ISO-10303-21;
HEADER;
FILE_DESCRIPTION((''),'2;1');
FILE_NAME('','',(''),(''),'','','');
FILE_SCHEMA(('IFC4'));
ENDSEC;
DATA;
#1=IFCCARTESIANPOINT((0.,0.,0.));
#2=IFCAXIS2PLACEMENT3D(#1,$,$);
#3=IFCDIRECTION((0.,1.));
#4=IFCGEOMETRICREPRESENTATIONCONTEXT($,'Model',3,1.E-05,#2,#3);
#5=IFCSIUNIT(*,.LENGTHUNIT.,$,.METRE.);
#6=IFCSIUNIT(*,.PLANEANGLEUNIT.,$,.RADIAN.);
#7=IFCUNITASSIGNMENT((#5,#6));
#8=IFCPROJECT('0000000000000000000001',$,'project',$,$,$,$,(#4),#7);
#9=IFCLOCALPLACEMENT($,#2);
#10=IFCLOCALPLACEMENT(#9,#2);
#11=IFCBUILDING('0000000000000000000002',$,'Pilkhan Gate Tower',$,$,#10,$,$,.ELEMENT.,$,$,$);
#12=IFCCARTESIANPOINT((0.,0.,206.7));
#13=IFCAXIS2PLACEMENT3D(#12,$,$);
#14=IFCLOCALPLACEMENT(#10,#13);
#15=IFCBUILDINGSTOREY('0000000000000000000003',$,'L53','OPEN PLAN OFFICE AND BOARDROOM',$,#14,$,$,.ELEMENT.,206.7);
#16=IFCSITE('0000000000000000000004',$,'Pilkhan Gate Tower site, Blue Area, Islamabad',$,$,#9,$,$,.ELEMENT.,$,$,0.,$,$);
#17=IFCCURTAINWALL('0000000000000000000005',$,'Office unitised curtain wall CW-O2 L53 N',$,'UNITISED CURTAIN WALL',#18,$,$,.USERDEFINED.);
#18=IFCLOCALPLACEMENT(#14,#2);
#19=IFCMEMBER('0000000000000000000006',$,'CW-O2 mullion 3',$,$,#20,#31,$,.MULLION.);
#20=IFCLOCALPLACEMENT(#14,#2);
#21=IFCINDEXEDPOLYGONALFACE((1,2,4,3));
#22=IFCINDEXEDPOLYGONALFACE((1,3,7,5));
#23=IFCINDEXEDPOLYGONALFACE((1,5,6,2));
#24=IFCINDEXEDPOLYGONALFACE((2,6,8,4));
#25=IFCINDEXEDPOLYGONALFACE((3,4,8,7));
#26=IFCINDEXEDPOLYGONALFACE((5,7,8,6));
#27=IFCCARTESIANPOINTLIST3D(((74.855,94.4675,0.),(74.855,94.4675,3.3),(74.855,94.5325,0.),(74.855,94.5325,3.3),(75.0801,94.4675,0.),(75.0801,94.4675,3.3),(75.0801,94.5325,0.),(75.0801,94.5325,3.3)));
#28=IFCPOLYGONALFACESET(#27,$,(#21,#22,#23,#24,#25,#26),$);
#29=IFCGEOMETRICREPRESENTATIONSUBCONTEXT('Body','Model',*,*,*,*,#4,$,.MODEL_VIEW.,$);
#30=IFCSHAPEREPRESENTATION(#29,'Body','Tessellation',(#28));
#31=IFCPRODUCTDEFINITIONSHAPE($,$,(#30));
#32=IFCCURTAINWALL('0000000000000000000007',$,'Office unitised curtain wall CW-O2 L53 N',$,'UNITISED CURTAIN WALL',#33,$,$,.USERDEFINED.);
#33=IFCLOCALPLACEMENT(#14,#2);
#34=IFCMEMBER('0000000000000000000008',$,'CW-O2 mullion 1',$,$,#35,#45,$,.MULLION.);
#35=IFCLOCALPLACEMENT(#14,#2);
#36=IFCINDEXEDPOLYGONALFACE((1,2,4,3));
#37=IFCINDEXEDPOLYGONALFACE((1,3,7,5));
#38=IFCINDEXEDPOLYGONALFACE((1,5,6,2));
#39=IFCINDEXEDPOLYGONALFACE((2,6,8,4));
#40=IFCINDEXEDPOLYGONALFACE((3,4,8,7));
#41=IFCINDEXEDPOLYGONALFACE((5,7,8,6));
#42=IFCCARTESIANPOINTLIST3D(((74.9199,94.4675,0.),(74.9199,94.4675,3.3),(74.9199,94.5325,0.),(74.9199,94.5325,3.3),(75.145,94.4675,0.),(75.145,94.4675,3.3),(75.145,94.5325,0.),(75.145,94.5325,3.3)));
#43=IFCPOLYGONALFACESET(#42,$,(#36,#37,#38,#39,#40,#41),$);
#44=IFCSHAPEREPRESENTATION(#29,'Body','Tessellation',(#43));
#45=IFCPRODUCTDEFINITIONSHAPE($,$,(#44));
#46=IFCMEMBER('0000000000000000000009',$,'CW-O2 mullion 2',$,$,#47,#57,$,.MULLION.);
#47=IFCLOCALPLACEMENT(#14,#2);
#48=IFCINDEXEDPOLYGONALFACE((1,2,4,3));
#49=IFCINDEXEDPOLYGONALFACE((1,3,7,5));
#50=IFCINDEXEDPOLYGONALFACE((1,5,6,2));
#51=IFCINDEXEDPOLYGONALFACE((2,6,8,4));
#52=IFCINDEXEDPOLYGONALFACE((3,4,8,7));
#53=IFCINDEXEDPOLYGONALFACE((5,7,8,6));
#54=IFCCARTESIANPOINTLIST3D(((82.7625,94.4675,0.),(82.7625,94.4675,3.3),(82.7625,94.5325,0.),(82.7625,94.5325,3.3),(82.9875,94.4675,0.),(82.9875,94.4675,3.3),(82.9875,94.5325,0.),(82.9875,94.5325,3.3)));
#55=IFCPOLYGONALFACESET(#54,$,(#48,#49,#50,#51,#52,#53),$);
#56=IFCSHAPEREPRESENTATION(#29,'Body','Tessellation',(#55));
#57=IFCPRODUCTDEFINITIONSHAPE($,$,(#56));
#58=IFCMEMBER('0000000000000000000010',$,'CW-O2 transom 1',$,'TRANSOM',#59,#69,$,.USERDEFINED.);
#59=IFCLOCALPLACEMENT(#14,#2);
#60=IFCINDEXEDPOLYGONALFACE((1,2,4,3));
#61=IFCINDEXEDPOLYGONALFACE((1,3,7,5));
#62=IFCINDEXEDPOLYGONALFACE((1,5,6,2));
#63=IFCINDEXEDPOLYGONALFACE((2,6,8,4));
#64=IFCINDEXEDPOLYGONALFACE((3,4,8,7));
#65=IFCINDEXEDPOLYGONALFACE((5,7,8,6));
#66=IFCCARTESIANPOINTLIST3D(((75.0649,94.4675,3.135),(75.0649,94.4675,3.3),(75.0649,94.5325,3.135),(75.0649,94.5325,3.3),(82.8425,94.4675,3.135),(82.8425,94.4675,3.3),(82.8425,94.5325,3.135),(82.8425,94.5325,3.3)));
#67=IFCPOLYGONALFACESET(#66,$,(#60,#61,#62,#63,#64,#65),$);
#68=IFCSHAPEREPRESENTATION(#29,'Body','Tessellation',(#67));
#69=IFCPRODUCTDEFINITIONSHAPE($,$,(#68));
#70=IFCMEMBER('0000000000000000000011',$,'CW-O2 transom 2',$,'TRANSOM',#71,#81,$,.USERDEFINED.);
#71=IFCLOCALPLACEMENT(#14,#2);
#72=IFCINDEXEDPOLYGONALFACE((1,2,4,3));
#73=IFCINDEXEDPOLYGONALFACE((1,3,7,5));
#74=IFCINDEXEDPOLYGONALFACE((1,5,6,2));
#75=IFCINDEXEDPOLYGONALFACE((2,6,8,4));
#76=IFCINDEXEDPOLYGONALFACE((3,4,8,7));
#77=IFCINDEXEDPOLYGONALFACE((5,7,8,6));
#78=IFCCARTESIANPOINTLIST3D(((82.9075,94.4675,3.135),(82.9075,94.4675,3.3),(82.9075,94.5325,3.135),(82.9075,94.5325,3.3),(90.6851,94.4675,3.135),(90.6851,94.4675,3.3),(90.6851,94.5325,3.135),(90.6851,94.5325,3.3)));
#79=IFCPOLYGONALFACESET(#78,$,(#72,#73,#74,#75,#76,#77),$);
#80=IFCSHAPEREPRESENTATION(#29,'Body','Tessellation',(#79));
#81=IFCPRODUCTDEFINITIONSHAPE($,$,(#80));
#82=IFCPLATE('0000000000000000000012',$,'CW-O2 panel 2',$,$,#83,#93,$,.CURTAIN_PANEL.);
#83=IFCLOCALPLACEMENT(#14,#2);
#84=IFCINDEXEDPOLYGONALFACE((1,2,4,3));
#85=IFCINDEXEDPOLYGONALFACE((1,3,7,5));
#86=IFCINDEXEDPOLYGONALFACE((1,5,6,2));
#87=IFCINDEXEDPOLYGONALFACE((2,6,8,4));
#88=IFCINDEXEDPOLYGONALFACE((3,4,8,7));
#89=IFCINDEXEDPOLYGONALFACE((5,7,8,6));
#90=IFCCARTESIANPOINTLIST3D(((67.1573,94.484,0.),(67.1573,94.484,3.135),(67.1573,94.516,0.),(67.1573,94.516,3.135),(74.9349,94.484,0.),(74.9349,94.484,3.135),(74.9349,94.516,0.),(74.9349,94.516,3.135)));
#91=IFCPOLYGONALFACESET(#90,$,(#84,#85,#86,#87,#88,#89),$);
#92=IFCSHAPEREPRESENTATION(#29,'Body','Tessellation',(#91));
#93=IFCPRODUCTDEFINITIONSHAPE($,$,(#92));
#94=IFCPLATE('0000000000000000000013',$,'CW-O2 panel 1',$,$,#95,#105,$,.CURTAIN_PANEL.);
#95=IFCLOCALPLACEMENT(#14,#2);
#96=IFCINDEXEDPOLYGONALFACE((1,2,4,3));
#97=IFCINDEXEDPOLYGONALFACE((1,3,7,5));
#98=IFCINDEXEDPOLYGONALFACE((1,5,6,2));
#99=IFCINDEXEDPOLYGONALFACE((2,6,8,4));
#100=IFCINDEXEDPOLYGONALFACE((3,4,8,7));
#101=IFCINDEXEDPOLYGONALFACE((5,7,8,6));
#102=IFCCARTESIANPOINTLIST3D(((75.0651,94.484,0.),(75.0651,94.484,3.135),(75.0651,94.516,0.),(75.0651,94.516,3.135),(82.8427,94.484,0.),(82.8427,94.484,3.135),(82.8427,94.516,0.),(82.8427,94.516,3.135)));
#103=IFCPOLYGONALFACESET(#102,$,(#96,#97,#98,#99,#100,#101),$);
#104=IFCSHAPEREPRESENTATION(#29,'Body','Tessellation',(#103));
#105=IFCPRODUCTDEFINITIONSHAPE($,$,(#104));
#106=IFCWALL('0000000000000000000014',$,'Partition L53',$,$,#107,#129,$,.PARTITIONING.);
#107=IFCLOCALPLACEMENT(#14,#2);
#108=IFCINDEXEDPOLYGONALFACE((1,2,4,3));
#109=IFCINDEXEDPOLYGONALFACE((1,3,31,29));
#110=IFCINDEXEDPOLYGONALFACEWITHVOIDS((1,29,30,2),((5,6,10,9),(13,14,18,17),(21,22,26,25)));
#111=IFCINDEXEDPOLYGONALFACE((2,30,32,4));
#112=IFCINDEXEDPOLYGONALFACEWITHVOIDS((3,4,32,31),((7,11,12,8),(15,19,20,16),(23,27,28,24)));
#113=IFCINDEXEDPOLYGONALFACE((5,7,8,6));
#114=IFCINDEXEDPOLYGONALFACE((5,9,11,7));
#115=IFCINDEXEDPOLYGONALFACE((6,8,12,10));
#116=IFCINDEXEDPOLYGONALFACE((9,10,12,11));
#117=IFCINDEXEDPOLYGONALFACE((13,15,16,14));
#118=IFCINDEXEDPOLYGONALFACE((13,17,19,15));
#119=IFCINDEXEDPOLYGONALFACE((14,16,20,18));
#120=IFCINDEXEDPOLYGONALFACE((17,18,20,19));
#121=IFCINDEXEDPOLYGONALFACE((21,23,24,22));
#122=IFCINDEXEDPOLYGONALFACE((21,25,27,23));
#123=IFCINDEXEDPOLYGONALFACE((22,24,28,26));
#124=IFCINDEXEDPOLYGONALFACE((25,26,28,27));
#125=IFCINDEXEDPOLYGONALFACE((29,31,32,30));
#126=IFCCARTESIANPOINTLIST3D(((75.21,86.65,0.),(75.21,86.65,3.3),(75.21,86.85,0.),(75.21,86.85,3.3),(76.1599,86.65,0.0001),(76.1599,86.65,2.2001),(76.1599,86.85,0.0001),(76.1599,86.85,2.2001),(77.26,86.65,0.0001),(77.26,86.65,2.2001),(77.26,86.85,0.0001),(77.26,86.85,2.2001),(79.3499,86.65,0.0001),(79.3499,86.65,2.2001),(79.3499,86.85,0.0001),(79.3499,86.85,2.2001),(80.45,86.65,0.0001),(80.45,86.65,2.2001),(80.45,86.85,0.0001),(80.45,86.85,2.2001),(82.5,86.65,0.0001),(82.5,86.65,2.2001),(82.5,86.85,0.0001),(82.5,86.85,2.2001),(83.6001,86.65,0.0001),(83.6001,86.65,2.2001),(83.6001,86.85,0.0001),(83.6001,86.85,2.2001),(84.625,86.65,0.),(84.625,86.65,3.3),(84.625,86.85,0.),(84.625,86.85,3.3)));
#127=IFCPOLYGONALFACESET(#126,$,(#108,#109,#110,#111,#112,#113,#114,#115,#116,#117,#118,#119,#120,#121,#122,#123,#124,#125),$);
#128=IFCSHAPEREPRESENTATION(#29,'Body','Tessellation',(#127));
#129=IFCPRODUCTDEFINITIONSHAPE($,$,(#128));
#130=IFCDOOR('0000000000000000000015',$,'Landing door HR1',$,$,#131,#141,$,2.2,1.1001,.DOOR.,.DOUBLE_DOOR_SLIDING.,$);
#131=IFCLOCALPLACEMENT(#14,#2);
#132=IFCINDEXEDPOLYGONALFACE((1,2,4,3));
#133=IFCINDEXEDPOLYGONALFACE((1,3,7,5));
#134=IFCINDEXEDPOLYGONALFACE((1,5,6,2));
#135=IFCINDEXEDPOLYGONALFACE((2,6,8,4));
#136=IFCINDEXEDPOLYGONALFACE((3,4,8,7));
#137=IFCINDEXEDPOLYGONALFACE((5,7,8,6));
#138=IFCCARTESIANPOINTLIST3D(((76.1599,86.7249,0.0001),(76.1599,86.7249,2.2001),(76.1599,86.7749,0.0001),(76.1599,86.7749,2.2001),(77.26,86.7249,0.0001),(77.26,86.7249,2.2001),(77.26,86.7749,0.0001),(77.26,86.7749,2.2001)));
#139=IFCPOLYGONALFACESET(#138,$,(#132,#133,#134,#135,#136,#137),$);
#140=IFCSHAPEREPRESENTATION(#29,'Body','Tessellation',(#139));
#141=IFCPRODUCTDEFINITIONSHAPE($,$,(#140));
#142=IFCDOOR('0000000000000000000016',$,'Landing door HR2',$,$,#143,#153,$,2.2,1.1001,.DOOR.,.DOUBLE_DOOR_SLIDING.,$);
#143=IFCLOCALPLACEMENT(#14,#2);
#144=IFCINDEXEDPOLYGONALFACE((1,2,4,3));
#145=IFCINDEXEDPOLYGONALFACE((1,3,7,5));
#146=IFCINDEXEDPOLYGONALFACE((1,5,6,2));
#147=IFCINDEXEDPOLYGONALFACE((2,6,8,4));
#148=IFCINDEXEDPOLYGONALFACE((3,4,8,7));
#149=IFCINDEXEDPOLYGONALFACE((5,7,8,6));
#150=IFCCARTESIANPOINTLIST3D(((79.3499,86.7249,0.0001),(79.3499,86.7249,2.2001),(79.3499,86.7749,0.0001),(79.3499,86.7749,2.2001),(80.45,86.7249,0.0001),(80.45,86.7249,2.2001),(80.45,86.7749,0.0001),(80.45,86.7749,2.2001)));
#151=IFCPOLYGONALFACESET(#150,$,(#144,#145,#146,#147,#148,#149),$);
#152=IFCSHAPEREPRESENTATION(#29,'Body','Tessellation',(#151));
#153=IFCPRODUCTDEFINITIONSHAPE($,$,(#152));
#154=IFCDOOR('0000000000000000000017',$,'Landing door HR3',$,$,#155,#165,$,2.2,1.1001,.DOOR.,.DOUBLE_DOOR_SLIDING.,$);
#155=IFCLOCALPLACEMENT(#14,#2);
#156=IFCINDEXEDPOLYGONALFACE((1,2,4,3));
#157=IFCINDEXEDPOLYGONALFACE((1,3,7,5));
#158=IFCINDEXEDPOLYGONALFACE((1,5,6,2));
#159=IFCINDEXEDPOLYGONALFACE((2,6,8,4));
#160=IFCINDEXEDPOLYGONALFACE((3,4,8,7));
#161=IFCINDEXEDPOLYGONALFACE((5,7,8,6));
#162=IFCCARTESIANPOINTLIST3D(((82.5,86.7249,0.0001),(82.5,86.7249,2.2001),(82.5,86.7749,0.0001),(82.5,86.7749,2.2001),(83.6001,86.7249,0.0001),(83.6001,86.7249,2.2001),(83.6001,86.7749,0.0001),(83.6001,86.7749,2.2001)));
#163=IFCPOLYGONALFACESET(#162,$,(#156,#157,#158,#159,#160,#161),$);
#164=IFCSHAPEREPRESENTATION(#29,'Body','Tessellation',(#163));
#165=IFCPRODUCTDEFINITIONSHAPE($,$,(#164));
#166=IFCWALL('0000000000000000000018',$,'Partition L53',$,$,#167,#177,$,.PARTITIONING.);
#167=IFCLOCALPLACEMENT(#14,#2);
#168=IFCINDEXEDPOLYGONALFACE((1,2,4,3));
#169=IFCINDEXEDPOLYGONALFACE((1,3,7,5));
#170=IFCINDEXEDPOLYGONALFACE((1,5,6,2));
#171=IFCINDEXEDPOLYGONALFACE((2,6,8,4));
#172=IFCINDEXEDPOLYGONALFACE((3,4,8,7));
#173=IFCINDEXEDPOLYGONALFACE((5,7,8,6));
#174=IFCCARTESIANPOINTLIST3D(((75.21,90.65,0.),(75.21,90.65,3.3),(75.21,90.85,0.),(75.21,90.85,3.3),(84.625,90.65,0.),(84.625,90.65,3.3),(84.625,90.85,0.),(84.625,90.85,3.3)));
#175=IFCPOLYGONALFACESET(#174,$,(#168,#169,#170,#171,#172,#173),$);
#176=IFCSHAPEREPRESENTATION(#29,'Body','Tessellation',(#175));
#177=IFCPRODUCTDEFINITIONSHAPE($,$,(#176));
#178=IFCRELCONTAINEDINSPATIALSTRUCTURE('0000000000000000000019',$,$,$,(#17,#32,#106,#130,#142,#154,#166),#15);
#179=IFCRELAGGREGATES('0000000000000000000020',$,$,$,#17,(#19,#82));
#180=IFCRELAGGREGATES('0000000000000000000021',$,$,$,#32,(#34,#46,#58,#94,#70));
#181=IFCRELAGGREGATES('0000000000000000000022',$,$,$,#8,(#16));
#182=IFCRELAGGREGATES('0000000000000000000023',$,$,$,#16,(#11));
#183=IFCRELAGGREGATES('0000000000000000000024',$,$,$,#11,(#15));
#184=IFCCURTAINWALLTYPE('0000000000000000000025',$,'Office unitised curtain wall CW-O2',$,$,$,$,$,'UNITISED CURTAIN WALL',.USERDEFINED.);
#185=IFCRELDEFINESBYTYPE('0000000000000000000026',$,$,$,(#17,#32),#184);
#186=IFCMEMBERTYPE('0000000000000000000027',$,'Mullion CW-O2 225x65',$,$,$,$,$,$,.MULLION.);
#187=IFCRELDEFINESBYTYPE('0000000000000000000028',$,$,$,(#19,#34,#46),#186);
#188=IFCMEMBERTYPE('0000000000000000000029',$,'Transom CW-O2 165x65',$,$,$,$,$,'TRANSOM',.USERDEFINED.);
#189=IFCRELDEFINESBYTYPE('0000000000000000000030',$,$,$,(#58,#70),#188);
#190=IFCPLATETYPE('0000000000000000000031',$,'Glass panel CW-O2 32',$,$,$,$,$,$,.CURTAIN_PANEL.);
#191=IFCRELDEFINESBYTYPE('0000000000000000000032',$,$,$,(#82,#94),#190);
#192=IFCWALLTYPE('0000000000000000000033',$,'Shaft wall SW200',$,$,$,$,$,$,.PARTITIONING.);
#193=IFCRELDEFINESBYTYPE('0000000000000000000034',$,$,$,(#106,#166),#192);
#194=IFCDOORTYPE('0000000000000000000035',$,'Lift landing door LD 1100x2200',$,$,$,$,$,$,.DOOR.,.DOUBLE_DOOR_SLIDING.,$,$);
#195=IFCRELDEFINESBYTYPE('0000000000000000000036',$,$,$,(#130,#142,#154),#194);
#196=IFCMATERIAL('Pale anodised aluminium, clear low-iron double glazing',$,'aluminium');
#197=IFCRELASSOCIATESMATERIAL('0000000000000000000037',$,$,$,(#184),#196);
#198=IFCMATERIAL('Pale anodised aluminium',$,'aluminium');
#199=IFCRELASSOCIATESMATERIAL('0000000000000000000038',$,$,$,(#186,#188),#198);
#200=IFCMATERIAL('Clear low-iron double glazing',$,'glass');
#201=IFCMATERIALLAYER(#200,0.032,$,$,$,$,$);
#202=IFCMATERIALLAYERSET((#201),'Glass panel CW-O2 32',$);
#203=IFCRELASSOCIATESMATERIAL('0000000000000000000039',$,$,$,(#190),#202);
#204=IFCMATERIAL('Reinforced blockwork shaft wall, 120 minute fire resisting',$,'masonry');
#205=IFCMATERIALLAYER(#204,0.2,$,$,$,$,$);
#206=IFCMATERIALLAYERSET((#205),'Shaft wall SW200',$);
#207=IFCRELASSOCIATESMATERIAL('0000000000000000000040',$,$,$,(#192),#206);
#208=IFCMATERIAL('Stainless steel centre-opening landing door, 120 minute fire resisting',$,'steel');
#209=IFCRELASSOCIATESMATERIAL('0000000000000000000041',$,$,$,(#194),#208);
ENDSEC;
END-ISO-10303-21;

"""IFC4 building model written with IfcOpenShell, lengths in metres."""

from ifc_helpers import new_model, si_unit, direction, frame, frame_2d, origin, origin_2d, place, context, subcontext, project, spatial, rectangle, extrude, material, layer, layer_set, material_profile, profile_set, type_object, element, fill, aggregate, save


model = new_model("IFC4")

# Units and contexts
model_context = context("Model", 3, precision=1e-05, world=origin(), true_north=direction((0.0, 1.0)))
body_context = subcontext(model_context, "Body", "Model", "MODEL_VIEW")
ifc_project = project(units=[si_unit("LENGTHUNIT", "METRE"), si_unit("PLANEANGLEUNIT", "RADIAN")], contexts=[model_context])

# Site, building, storey
site_placement = place(None, origin())
site = spatial("IfcSite", under=ifc_project, at=site_placement, Name="Pilkhan Gate Tower site, Blue Area, Islamabad", CompositionType="ELEMENT", RefElevation=0.0)
building_placement = place(site_placement, origin())
building = spatial("IfcBuilding", under=site, at=building_placement, Name="Pilkhan Gate Tower", CompositionType="ELEMENT")
storey_placement = place(building_placement, frame((0.0, 0.0, 206.7)))
storey = spatial("IfcBuildingStorey", under=building, at=storey_placement, Name="L53", Description="OPEN PLAN OFFICE AND BOARDROOM", CompositionType="ELEMENT", Elevation=206.7)

# Curtain wall, member
ifc_material_1 = material(Name="Pale anodised aluminium, clear low-iron double glazing", Category="aluminium")
curtain_wall_type = type_object("IfcCurtainWallType", Name="Office unitised curtain wall CW-O2", ElementType="UNITISED CURTAIN WALL", PredefinedType="USERDEFINED", material=ifc_material_1)
curtain_wall_1_placement = place(storey_placement, origin())
curtain_wall_1 = element("IfcCurtainWall", 1, at=curtain_wall_1_placement, inside=storey, type_object=curtain_wall_type, Name="Office unitised curtain wall CW-O2 L53 N", ObjectType="UNITISED CURTAIN WALL", PredefinedType="USERDEFINED")
ifc_material_2 = material(Name="Pale anodised aluminium", Category="aluminium")
ifc_material_profile_1 = material_profile(ifc_material_2, rectangle(XDim=0.0649, YDim=0.2251, at=origin_2d()), Name="Mullion 225x65")
ifc_profile_set_1 = profile_set([ifc_material_profile_1], Name="Pale anodised aluminium")
member_type_1 = type_object("IfcMemberType", Name="Mullion CW-O2 225x65", PredefinedType="MULLION", material=ifc_profile_set_1)
member_1_placement = place(storey_placement, frame((74.9675, 94.5, 0.0), z_axis=(0.0, 0.0, 1.0), x_axis=(0.0, 1.0, 0.0)))
member_1 = element("IfcMember", 2, at=member_1_placement, type_object=member_type_1, Name="CW-O2 mullion 3", PredefinedType="MULLION", context=body_context, shape_type="SweptSolid", body=[
    extrude(rectangle(XDim=0.0649, YDim=0.2251, at=origin_2d()), origin(), (0.0, 0.0, 1.0), 3.3),
])

# Curtain wall, members
curtain_wall_2_placement = place(storey_placement, origin())
curtain_wall_2 = element("IfcCurtainWall", 3, at=curtain_wall_2_placement, inside=storey, type_object=curtain_wall_type, Name="Office unitised curtain wall CW-O2 L53 N", ObjectType="UNITISED CURTAIN WALL", PredefinedType="USERDEFINED")
member_2_placement = place(storey_placement, frame((75.0325, 94.5, 0.0), z_axis=(0.0, 0.0, 1.0), x_axis=(0.0, 1.0, 0.0)))
member_2 = element("IfcMember", 4, at=member_2_placement, type_object=member_type_1, Name="CW-O2 mullion 1", PredefinedType="MULLION", context=body_context, shape_type="SweptSolid", body=[
    extrude(rectangle(XDim=0.0649, YDim=0.2251, at=origin_2d()), origin(), (0.0, 0.0, 1.0), 3.3),
])
member_3_placement = place(storey_placement, frame((82.875, 94.5, 0.0), z_axis=(0.0, 0.0, 1.0), x_axis=(0.0, 1.0, 0.0)))
member_3 = element("IfcMember", 5, at=member_3_placement, type_object=member_type_1, Name="CW-O2 mullion 2", PredefinedType="MULLION", context=body_context, shape_type="SweptSolid", body=[
    extrude(rectangle(XDim=0.0649, YDim=0.2251, at=origin_2d()), origin(), (0.0, 0.0, 1.0), 3.3),
])
ifc_material_profile_2 = material_profile(ifc_material_2, rectangle(XDim=0.0649, YDim=0.165, at=origin_2d()), Name="Transom 165x65")
ifc_profile_set_2 = profile_set([ifc_material_profile_2], Name="Pale anodised aluminium")
member_type_2 = type_object("IfcMemberType", Name="Transom CW-O2 165x65", ElementType="TRANSOM", PredefinedType="USERDEFINED", material=ifc_profile_set_2)
member_4_placement = place(storey_placement, frame((75.0649, 94.5, 3.2175), z_axis=(1.0, 0.0, 0.0), x_axis=(0.0, 1.0, 0.0)))
member_4 = element("IfcMember", 6, at=member_4_placement, type_object=member_type_2, Name="CW-O2 transom 1", ObjectType="TRANSOM", PredefinedType="USERDEFINED", context=body_context, shape_type="SweptSolid", body=[
    extrude(rectangle(XDim=0.0649, YDim=0.165, at=origin_2d()), origin(), (0.0, 0.0, 1.0), 7.7776),
])
member_5_placement = place(storey_placement, frame((82.9075, 94.5, 3.2175), z_axis=(1.0, 0.0, 0.0), x_axis=(0.0, 1.0, 0.0)))
member_5 = element("IfcMember", 7, at=member_5_placement, type_object=member_type_2, Name="CW-O2 transom 2", ObjectType="TRANSOM", PredefinedType="USERDEFINED", context=body_context, shape_type="SweptSolid", body=[
    extrude(rectangle(XDim=0.0649, YDim=0.165, at=origin_2d()), origin(), (0.0, 0.0, 1.0), 7.7776),
])

# Plates
ifc_material_3 = material(Name="Clear low-iron double glazing", Category="glass")
ifc_layer_1 = layer(ifc_material_3, 0.032)
ifc_layer_set_1 = layer_set([ifc_layer_1], Name="Glass panel CW-O2 32")
plate_type = type_object("IfcPlateType", Name="Glass panel CW-O2 32", PredefinedType="CURTAIN_PANEL", material=ifc_layer_set_1)
plate_1_placement = place(storey_placement, frame((71.0461, 94.5, 0.0), z_axis=(0.0, 0.0, 1.0), x_axis=(1.0, 0.0, 0.0)))
plate_1 = element("IfcPlate", 8, at=plate_1_placement, type_object=plate_type, Name="CW-O2 panel 2", PredefinedType="CURTAIN_PANEL", context=body_context, shape_type="SweptSolid", body=[
    extrude(rectangle(XDim=7.7776, YDim=0.032, at=origin_2d()), origin(), (0.0, 0.0, 1.0), 3.135),
])
aggregate(curtain_wall_1, [member_1, plate_1])
plate_2_placement = place(storey_placement, frame((78.9539, 94.5, 0.0), z_axis=(0.0, 0.0, 1.0), x_axis=(1.0, 0.0, 0.0)))
plate_2 = element("IfcPlate", 9, at=plate_2_placement, type_object=plate_type, Name="CW-O2 panel 1", PredefinedType="CURTAIN_PANEL", context=body_context, shape_type="SweptSolid", body=[
    extrude(rectangle(XDim=7.7776, YDim=0.032, at=origin_2d()), origin(), (0.0, 0.0, 1.0), 3.135),
])
aggregate(curtain_wall_2, [member_2, member_3, member_4, plate_2, member_5])

# Wall, openings, doors
ifc_material_4 = material(Name="Reinforced blockwork shaft wall, 120 minute fire resisting", Category="masonry")
ifc_layer_2 = layer(ifc_material_4, 0.2)
ifc_layer_set_2 = layer_set([ifc_layer_2], Name="Shaft wall SW200")
wall_type_1 = type_object("IfcWallType", Name="Shaft wall SW200", PredefinedType="PARTITIONING", material=ifc_layer_set_2)
wall_1_placement = place(storey_placement, frame((75.21, 86.75, 0.0), z_axis=(0.0, 0.0, 1.0), x_axis=(1.0, 0.0, 0.0)))
wall_1 = element("IfcWall", 10, at=wall_1_placement, inside=storey, type_object=wall_type_1, Name="Partition L53", PredefinedType="PARTITIONING", context=body_context, shape_type="SweptSolid", body=[
    extrude(rectangle(XDim=9.415, YDim=0.2, at=frame_2d((4.7075, 0.0))), origin(), (0.0, 0.0, 1.0), 3.3),
])
opening_1_placement = place(wall_1_placement, frame((0.95, 0.0, 0.0)))
opening_1 = element("IfcOpeningElement", 11, at=opening_1_placement, cuts=wall_1, PredefinedType="OPENING", context=body_context, shape_type="SweptSolid", body=[
    extrude(rectangle(XDim=1.1001, YDim=2.2, at=frame_2d((0.55, 1.1001))), frame((0.0, 0.1099, 0.0), z_axis=(0.0, -1.0, 0.0), x_axis=(1.0, 0.0, 0.0)), (0.0, 0.0, 1.0), 0.22),
])
opening_2_placement = place(wall_1_placement, frame((4.1399, 0.0, 0.0)))
opening_2 = element("IfcOpeningElement", 12, at=opening_2_placement, cuts=wall_1, PredefinedType="OPENING", context=body_context, shape_type="SweptSolid", body=[
    extrude(rectangle(XDim=1.1001, YDim=2.2, at=frame_2d((0.55, 1.1001))), frame((0.0, 0.1099, 0.0), z_axis=(0.0, -1.0, 0.0), x_axis=(1.0, 0.0, 0.0)), (0.0, 0.0, 1.0), 0.22),
])
opening_3_placement = place(wall_1_placement, frame((7.29, 0.0, 0.0)))
opening_3 = element("IfcOpeningElement", 13, at=opening_3_placement, cuts=wall_1, PredefinedType="OPENING", context=body_context, shape_type="SweptSolid", body=[
    extrude(rectangle(XDim=1.1001, YDim=2.2, at=frame_2d((0.55, 1.1001))), frame((0.0, 0.1099, 0.0), z_axis=(0.0, -1.0, 0.0), x_axis=(1.0, 0.0, 0.0)), (0.0, 0.0, 1.0), 0.22),
])
ifc_material_5 = material(Name="Stainless steel centre-opening landing door, 120 minute fire resisting", Category="steel")
door_type = type_object("IfcDoorType", Name="Lift landing door LD 1100x2200", OperationType="DOUBLE_DOOR_SLIDING", PredefinedType="DOOR", material=ifc_material_5)
door_1_placement = place(opening_1_placement, origin())
door_1 = element("IfcDoor", 14, at=door_1_placement, inside=storey, type_object=door_type, Name="Landing door HR1", OperationType="DOUBLE_DOOR_SLIDING", OverallHeight=2.2, OverallWidth=1.1001, PredefinedType="DOOR", context=body_context, shape_type="SweptSolid", body=[
    extrude(rectangle(XDim=1.1001, YDim=2.2, at=frame_2d((0.55, 1.1001))), frame((0.0, 0.0249, 0.0), z_axis=(0.0, -1.0, 0.0), x_axis=(1.0, 0.0, 0.0)), (0.0, 0.0, 1.0), 0.05),
])
fill(opening_1, door_1)
door_2_placement = place(opening_2_placement, origin())
door_2 = element("IfcDoor", 15, at=door_2_placement, inside=storey, type_object=door_type, Name="Landing door HR2", OperationType="DOUBLE_DOOR_SLIDING", OverallHeight=2.2, OverallWidth=1.1001, PredefinedType="DOOR", context=body_context, shape_type="SweptSolid", body=[
    extrude(rectangle(XDim=1.1001, YDim=2.2, at=frame_2d((0.55, 1.1001))), frame((0.0, 0.0249, 0.0), z_axis=(0.0, -1.0, 0.0), x_axis=(1.0, 0.0, 0.0)), (0.0, 0.0, 1.0), 0.05),
])
fill(opening_2, door_2)
door_3_placement = place(opening_3_placement, origin())
door_3 = element("IfcDoor", 16, at=door_3_placement, inside=storey, type_object=door_type, Name="Landing door HR3", OperationType="DOUBLE_DOOR_SLIDING", OverallHeight=2.2, OverallWidth=1.1001, PredefinedType="DOOR", context=body_context, shape_type="SweptSolid", body=[
    extrude(rectangle(XDim=1.1001, YDim=2.2, at=frame_2d((0.55, 1.1001))), frame((0.0, 0.0249, 0.0), z_axis=(0.0, -1.0, 0.0), x_axis=(1.0, 0.0, 0.0)), (0.0, 0.0, 1.0), 0.05),
])
fill(opening_3, door_3)

# Wall
wall_2_placement = place(storey_placement, frame((75.21, 90.75, 0.0), z_axis=(0.0, 0.0, 1.0), x_axis=(1.0, 0.0, 0.0)))
element("IfcWall", 17, at=wall_2_placement, inside=storey, type_object=wall_type_1, Name="Partition L53", PredefinedType="PARTITIONING", context=body_context, shape_type="SweptSolid", body=[
    extrude(rectangle(XDim=9.415, YDim=0.2, at=frame_2d((4.7075, 0.0))), origin(), (0.0, 0.0, 1.0), 3.3),
])

save(model, "model.ifc")
